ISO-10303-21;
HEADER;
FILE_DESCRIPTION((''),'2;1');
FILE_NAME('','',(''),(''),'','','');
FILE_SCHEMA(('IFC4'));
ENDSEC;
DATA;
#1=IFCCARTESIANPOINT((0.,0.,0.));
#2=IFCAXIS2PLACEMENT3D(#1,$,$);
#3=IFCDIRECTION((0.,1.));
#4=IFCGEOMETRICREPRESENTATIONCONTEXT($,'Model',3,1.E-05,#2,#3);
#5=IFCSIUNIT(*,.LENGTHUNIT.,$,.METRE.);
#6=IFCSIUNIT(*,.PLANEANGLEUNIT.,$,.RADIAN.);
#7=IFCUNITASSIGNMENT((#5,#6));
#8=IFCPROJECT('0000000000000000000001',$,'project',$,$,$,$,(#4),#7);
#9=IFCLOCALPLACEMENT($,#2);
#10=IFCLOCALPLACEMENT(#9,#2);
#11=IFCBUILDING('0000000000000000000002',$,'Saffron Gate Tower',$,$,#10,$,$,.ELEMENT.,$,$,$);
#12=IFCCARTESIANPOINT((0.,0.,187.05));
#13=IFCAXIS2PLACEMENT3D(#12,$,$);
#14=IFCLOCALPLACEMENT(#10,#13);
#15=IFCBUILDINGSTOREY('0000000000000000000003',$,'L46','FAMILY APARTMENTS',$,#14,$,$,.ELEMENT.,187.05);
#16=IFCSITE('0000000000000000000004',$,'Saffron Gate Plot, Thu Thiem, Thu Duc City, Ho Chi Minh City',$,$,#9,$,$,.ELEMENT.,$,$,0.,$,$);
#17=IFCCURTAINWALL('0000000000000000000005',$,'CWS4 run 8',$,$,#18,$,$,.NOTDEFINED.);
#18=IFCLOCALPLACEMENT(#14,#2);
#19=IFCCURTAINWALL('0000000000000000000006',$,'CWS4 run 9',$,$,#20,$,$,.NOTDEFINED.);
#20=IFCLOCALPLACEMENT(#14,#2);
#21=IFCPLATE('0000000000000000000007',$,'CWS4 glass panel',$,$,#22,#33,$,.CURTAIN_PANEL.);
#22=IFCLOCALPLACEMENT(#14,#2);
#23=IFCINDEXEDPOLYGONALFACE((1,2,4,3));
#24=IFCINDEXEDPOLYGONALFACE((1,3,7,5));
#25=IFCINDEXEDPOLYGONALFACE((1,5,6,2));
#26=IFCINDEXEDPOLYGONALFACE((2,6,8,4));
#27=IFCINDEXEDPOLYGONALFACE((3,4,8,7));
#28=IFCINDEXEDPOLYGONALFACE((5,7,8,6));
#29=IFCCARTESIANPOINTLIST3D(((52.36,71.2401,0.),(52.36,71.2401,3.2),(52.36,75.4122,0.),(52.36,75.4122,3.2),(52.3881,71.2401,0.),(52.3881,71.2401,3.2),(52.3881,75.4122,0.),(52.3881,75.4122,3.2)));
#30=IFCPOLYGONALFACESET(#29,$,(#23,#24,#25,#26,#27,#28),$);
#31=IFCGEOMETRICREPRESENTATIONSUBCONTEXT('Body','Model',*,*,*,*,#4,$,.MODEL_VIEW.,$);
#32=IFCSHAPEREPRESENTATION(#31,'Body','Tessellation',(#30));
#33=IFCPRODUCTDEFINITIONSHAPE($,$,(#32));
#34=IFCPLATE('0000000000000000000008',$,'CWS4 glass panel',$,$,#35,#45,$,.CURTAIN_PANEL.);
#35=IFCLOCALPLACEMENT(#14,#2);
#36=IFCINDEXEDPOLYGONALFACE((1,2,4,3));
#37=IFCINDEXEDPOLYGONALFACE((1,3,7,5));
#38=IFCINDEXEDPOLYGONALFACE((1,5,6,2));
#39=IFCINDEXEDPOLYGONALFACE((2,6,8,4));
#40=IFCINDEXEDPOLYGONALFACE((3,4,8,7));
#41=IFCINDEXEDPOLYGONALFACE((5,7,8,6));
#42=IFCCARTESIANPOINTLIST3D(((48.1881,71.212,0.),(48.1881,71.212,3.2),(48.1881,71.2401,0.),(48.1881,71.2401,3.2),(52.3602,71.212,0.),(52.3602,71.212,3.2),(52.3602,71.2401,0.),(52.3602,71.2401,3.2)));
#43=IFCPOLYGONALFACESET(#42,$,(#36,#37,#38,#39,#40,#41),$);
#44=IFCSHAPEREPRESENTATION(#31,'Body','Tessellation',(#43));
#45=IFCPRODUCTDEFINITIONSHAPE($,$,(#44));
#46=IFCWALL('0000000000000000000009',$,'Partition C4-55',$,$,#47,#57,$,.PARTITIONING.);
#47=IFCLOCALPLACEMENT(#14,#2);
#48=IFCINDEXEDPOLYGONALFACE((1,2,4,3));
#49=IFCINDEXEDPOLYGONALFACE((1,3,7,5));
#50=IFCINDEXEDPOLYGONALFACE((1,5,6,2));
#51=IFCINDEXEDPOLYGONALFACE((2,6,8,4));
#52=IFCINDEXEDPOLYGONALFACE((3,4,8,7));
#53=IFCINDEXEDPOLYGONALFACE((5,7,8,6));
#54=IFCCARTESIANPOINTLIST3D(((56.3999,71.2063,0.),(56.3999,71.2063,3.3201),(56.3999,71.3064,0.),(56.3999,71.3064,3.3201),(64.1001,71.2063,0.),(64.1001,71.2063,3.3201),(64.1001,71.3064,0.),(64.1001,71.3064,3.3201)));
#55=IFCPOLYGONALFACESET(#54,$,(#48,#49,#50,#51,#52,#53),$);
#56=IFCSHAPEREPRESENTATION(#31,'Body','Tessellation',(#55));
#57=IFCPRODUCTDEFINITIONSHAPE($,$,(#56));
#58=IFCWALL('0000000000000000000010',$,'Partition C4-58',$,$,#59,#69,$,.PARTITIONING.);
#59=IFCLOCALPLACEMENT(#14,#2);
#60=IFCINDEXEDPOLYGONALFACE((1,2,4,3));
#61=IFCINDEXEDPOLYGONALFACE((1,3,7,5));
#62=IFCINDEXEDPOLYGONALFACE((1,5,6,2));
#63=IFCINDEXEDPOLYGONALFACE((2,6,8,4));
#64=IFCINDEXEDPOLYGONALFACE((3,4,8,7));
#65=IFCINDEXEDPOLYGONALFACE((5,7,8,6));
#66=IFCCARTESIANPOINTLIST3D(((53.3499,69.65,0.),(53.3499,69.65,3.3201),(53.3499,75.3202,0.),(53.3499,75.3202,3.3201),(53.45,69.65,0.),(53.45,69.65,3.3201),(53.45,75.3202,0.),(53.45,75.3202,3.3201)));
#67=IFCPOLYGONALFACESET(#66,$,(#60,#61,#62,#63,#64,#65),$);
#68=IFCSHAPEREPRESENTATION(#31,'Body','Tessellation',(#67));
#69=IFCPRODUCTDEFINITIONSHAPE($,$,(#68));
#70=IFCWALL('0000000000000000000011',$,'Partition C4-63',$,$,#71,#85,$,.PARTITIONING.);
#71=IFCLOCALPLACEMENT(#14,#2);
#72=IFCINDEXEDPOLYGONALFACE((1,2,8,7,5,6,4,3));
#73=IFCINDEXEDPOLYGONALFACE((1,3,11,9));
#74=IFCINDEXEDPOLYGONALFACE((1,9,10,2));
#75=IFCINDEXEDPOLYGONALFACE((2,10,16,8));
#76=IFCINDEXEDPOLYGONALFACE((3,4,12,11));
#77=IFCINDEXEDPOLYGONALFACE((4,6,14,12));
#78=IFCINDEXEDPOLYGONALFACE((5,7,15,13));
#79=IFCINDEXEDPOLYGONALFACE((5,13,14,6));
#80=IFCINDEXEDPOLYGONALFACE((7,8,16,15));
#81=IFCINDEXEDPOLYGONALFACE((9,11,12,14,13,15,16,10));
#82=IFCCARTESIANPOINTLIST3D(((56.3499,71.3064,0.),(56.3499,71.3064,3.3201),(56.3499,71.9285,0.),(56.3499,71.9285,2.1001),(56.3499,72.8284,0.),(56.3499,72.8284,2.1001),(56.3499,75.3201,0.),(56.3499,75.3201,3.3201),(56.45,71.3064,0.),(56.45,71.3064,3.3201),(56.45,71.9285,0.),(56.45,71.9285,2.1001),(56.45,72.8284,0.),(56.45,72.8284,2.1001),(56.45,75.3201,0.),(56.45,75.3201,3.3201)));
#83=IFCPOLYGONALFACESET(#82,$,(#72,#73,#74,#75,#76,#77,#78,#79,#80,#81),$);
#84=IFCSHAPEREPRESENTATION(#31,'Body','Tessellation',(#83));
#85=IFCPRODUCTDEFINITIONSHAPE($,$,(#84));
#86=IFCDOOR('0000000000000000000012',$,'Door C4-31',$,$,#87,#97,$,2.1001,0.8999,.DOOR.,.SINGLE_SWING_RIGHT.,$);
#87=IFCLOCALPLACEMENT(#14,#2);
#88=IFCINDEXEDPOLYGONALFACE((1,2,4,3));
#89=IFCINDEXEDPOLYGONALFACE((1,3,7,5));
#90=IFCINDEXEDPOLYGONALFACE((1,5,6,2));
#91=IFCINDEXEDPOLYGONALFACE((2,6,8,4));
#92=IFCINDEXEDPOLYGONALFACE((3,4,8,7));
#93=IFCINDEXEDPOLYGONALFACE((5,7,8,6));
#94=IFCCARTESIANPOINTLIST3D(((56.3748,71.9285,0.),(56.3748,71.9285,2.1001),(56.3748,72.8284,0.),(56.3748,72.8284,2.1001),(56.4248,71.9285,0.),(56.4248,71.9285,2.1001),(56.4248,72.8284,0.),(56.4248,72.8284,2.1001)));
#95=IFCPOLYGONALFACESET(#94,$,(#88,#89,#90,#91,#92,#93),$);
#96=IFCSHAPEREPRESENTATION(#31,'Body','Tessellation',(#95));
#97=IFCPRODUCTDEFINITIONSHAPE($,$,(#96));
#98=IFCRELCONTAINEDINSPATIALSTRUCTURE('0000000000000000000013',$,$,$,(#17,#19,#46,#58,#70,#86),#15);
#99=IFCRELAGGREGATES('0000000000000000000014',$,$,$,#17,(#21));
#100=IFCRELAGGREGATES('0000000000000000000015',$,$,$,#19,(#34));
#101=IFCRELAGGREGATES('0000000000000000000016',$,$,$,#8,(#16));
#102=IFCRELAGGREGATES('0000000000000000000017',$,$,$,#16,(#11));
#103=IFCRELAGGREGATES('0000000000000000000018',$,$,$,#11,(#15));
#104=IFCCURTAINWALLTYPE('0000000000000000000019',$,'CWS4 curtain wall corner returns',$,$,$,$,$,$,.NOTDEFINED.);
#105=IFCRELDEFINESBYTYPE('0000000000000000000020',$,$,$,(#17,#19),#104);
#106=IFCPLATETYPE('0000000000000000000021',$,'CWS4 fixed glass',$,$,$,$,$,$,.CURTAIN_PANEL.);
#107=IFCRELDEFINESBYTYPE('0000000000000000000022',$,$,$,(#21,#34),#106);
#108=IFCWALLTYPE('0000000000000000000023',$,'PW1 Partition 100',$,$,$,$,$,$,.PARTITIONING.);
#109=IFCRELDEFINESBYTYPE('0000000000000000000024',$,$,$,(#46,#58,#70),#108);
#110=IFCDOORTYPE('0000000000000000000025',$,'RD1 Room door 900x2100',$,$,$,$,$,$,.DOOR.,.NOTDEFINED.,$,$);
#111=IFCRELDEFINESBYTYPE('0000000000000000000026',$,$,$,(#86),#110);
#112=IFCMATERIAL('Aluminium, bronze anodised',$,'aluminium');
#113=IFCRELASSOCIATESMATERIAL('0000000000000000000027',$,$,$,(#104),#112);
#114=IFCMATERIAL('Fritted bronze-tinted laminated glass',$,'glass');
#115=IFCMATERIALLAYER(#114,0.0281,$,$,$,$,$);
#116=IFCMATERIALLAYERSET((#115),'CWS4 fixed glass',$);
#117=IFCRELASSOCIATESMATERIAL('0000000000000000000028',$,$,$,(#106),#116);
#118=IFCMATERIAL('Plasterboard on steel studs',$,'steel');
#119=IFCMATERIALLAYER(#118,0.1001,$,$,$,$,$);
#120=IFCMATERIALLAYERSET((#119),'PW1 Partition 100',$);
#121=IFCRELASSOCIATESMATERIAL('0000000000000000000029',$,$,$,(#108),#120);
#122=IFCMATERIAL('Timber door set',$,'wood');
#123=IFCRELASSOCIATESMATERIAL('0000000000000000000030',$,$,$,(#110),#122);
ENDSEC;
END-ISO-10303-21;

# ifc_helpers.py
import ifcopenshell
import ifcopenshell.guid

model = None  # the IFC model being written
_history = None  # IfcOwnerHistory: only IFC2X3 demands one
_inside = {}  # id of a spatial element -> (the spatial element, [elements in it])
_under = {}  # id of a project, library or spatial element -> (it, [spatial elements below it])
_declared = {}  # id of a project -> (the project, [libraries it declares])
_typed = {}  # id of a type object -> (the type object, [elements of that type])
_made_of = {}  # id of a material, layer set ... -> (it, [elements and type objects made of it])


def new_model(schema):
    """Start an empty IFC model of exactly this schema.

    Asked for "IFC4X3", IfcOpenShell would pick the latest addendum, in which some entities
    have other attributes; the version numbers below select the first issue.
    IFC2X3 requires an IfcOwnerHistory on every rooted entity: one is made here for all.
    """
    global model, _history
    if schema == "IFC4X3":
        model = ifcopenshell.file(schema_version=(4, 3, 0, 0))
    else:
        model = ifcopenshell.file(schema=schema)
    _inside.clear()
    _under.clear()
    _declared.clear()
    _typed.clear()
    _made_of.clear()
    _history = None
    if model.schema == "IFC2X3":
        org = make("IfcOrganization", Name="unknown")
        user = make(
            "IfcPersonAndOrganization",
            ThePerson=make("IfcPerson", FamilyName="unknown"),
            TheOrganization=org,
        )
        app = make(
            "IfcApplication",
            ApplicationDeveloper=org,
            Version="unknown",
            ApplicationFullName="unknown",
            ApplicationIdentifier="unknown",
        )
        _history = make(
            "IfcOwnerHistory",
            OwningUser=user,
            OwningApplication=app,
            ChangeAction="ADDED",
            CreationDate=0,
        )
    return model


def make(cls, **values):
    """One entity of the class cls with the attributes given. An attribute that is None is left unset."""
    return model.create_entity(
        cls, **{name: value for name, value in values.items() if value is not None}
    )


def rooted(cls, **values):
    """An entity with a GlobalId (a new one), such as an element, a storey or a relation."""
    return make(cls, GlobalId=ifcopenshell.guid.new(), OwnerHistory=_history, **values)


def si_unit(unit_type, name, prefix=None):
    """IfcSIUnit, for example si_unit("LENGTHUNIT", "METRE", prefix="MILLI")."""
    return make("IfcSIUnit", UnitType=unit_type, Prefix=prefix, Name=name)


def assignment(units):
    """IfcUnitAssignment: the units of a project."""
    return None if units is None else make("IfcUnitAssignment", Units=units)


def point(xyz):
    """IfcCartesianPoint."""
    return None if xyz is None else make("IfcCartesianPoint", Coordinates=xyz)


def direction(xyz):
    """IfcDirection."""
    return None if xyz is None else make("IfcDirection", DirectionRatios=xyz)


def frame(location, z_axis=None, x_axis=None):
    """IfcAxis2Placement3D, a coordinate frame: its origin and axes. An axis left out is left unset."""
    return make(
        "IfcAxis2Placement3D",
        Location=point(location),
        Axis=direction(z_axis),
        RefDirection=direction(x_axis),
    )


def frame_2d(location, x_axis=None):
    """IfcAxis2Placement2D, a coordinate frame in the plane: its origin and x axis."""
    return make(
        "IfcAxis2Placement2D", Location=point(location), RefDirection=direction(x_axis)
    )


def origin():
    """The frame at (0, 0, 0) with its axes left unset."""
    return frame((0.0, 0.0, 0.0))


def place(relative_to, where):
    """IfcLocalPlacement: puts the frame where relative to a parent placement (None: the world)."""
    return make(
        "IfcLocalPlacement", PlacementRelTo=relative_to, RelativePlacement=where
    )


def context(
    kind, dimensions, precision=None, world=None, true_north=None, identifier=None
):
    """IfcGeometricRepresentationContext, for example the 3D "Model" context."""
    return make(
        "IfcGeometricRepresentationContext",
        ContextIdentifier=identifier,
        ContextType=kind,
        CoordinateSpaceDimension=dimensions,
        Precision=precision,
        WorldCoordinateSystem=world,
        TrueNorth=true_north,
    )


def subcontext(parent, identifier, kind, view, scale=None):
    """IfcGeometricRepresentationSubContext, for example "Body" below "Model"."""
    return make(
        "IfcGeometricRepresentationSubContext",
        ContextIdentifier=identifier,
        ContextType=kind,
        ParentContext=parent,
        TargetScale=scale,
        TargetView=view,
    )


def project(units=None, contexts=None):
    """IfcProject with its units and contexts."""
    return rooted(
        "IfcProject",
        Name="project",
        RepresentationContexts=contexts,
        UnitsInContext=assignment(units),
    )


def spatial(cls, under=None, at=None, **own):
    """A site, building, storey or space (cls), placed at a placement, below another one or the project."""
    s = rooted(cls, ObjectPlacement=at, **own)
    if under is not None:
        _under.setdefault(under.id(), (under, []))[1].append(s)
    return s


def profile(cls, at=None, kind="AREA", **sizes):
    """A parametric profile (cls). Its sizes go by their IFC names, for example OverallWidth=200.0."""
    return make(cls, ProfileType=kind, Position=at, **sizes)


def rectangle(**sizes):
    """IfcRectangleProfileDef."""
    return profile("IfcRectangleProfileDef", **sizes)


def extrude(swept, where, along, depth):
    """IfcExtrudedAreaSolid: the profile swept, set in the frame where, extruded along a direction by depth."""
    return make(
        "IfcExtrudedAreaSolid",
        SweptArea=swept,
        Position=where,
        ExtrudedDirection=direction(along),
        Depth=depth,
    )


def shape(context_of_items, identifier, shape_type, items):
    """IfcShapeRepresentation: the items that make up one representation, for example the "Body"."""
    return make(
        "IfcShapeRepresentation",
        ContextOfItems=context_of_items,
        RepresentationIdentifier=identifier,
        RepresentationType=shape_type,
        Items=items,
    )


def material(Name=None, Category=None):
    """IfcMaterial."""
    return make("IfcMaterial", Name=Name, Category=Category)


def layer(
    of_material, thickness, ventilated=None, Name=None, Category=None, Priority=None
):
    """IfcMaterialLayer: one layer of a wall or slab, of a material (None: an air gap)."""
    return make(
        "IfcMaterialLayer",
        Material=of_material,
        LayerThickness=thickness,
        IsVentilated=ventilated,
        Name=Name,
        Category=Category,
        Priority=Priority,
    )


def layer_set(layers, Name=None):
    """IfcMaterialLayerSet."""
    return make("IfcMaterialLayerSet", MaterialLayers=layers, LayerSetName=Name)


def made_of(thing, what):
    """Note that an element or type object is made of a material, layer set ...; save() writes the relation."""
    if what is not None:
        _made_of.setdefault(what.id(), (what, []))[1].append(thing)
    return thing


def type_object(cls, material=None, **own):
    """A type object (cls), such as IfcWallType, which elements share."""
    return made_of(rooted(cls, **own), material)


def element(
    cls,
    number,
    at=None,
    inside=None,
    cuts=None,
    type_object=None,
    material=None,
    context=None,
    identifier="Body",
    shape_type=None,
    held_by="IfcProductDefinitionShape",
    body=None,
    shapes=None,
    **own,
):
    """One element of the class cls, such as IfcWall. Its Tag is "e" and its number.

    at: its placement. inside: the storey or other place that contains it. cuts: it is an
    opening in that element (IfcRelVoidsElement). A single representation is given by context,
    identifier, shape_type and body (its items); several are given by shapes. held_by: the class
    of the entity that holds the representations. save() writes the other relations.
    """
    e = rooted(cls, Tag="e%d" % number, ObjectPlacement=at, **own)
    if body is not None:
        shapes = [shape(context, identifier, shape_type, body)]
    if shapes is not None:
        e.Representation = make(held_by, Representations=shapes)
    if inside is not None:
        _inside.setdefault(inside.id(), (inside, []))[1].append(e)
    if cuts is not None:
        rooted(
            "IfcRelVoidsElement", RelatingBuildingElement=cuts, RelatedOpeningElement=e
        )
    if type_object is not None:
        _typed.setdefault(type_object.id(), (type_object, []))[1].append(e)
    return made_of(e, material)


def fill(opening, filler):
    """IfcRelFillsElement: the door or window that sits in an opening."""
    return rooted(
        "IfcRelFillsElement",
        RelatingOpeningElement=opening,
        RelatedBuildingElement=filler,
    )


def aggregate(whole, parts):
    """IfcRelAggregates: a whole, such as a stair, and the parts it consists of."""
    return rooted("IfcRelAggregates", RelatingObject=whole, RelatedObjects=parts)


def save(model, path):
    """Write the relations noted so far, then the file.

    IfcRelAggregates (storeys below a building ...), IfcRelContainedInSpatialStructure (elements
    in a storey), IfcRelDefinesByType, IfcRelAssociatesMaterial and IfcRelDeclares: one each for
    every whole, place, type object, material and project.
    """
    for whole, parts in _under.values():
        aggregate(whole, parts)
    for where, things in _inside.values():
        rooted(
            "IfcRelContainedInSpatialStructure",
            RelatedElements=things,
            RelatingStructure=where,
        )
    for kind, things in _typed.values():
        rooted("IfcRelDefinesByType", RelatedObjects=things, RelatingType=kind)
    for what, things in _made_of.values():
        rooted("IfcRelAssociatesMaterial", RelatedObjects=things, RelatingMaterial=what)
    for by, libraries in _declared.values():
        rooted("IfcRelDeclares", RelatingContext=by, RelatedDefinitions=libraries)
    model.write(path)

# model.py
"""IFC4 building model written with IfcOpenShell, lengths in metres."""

from ifc_helpers import new_model, si_unit, direction, frame, frame_2d, origin, place, context, subcontext, project, spatial, rectangle, extrude, material, layer, layer_set, type_object, element, fill, aggregate, save


model = new_model("IFC4")

# Units and contexts
model_context = context("Model", 3, precision=1e-05, world=origin(), true_north=direction((0.0, 1.0)))
body_context = subcontext(model_context, "Body", "Model", "MODEL_VIEW")
ifc_project = project(units=[si_unit("LENGTHUNIT", "METRE"), si_unit("PLANEANGLEUNIT", "RADIAN")], contexts=[model_context])

# Site, building, storey
site_placement = place(None, origin())
site = spatial("IfcSite", under=ifc_project, at=site_placement, Name="Saffron Gate Plot, Thu Thiem, Thu Duc City, Ho Chi Minh City", CompositionType="ELEMENT", RefElevation=0.0)
building_placement = place(site_placement, origin())
building = spatial("IfcBuilding", under=site, at=building_placement, Name="Saffron Gate Tower", CompositionType="ELEMENT")
storey_placement = place(building_placement, frame((0.0, 0.0, 187.05)))
storey = spatial("IfcBuildingStorey", under=building, at=storey_placement, Name="L46", Description="FAMILY APARTMENTS", CompositionType="ELEMENT", Elevation=187.05)

# Curtain walls
ifc_material_1 = material(Name="Aluminium, bronze anodised", Category="aluminium")
curtain_wall_type_1 = type_object("IfcCurtainWallType", Name="CWS4 curtain wall corner returns", PredefinedType="NOTDEFINED", material=ifc_material_1)
curtain_wall_1_placement = place(storey_placement, origin())
curtain_wall_1 = element("IfcCurtainWall", 1, at=curtain_wall_1_placement, inside=storey, type_object=curtain_wall_type_1, Name="CWS4 run 8", PredefinedType="NOTDEFINED")
curtain_wall_2_placement = place(storey_placement, origin())
curtain_wall_2 = element("IfcCurtainWall", 2, at=curtain_wall_2_placement, inside=storey, type_object=curtain_wall_type_1, Name="CWS4 run 9", PredefinedType="NOTDEFINED")

# Shared definitions
ifc_material_2 = material(Name="Fritted bronze-tinted laminated glass", Category="glass")

# Plates
ifc_layer_1 = layer(ifc_material_2, 0.0281)
ifc_layer_set_1 = layer_set([ifc_layer_1], Name="CWS4 fixed glass")
plate_type_1 = type_object("IfcPlateType", Name="CWS4 fixed glass", PredefinedType="CURTAIN_PANEL", material=ifc_layer_set_1)
plate_1_placement = place(storey_placement, frame((52.374, 75.4121, 0.0), z_axis=(0.0, 0.0, 1.0), x_axis=(0.0, -1.0, 0.0)))
plate_1 = element("IfcPlate", 3, at=plate_1_placement, type_object=plate_type_1, Name="CWS4 glass panel", PredefinedType="CURTAIN_PANEL", context=body_context, shape_type="SweptSolid", body=[
    extrude(rectangle(XDim=4.1721, YDim=0.0281, at=frame_2d((2.0859, 0.0))), origin(), (0.0, 0.0, 1.0), 3.2),
])
aggregate(curtain_wall_1, [plate_1])
plate_2_placement = place(storey_placement, frame((52.3601, 71.2261, 0.0), z_axis=(0.0, 0.0, 1.0), x_axis=(-1.0, 0.0, 0.0)))
plate_2 = element("IfcPlate", 4, at=plate_2_placement, type_object=plate_type_1, Name="CWS4 glass panel", PredefinedType="CURTAIN_PANEL", context=body_context, shape_type="SweptSolid", body=[
    extrude(rectangle(XDim=4.1721, YDim=0.0281, at=frame_2d((2.0859, 0.0))), origin(), (0.0, 0.0, 1.0), 3.2),
])
aggregate(curtain_wall_2, [plate_2])

# Walls
ifc_material_3 = material(Name="Plasterboard on steel studs", Category="steel")
ifc_layer_2 = layer(ifc_material_3, 0.1001)
ifc_layer_set_2 = layer_set([ifc_layer_2], Name="PW1 Partition 100")
wall_type = type_object("IfcWallType", Name="PW1 Partition 100", PredefinedType="PARTITIONING", material=ifc_layer_set_2)
wall_1_placement = place(storey_placement, frame((56.3999, 71.2563, 0.0), z_axis=(0.0, 0.0, 1.0), x_axis=(1.0, 0.0, 0.0)))
element("IfcWall", 5, at=wall_1_placement, inside=storey, type_object=wall_type, Name="Partition C4-55", PredefinedType="PARTITIONING", context=body_context, shape_type="SweptSolid", body=[
    extrude(rectangle(XDim=7.7002, YDim=0.1001, at=frame_2d((3.8501, 0.0))), origin(), (0.0, 0.0, 1.0), 3.3201),
])
wall_2_placement = place(storey_placement, frame((53.3999, 75.3201, 0.0), z_axis=(0.0, 0.0, 1.0), x_axis=(0.0, -1.0, 0.0)))
element("IfcWall", 6, at=wall_2_placement, inside=storey, type_object=wall_type, Name="Partition C4-58", PredefinedType="PARTITIONING", context=body_context, shape_type="SweptSolid", body=[
    extrude(rectangle(XDim=5.6702, YDim=0.1001, at=frame_2d((2.835, 0.0))), origin(), (0.0, 0.0, 1.0), 3.3201),
])

# Wall, opening, door
wall_3_placement = place(storey_placement, frame((56.3999, 75.3201, 0.0), z_axis=(0.0, 0.0, 1.0), x_axis=(0.0, -1.0, 0.0)))
wall_3 = element("IfcWall", 7, at=wall_3_placement, inside=storey, type_object=wall_type, Name="Partition C4-63", PredefinedType="PARTITIONING", context=body_context, shape_type="SweptSolid", body=[
    extrude(rectangle(XDim=4.0137, YDim=0.1001, at=frame_2d((2.0068, 0.0))), origin(), (0.0, 0.0, 1.0), 3.3201),
])
opening_1_placement = place(wall_3_placement, frame((2.4917, 0.0, 0.0)))
opening_1 = element("IfcOpeningElement", 8, at=opening_1_placement, cuts=wall_3, PredefinedType="OPENING", context=body_context, shape_type="SweptSolid", body=[
    extrude(rectangle(XDim=0.8999, YDim=2.1001, at=frame_2d((0.45, 1.05))), frame((0.0, 0.0601, 0.0), z_axis=(0.0, -1.0, 0.0), x_axis=(1.0, 0.0, 0.0)), (0.0, 0.0, 1.0), 0.1201),
])
ifc_material_4 = material(Name="Timber door set", Category="wood")
door_type = type_object("IfcDoorType", Name="RD1 Room door 900x2100", OperationType="NOTDEFINED", PredefinedType="DOOR", material=ifc_material_4)
door_placement = place(opening_1_placement, origin())
door = element("IfcDoor", 9, at=door_placement, inside=storey, type_object=door_type, Name="Door C4-31", OperationType="SINGLE_SWING_RIGHT", OverallHeight=2.1001, OverallWidth=0.8999, PredefinedType="DOOR", context=body_context, shape_type="SweptSolid", body=[
    extrude(rectangle(XDim=0.8999, YDim=2.1001, at=frame_2d((0.45, 1.05))), frame((0.0, 0.0249, 0.0), z_axis=(0.0, -1.0, 0.0), x_axis=(1.0, 0.0, 0.0)), (0.0, 0.0, 1.0), 0.05),
])
fill(opening_1, door)

save(model, "model.ifc")
